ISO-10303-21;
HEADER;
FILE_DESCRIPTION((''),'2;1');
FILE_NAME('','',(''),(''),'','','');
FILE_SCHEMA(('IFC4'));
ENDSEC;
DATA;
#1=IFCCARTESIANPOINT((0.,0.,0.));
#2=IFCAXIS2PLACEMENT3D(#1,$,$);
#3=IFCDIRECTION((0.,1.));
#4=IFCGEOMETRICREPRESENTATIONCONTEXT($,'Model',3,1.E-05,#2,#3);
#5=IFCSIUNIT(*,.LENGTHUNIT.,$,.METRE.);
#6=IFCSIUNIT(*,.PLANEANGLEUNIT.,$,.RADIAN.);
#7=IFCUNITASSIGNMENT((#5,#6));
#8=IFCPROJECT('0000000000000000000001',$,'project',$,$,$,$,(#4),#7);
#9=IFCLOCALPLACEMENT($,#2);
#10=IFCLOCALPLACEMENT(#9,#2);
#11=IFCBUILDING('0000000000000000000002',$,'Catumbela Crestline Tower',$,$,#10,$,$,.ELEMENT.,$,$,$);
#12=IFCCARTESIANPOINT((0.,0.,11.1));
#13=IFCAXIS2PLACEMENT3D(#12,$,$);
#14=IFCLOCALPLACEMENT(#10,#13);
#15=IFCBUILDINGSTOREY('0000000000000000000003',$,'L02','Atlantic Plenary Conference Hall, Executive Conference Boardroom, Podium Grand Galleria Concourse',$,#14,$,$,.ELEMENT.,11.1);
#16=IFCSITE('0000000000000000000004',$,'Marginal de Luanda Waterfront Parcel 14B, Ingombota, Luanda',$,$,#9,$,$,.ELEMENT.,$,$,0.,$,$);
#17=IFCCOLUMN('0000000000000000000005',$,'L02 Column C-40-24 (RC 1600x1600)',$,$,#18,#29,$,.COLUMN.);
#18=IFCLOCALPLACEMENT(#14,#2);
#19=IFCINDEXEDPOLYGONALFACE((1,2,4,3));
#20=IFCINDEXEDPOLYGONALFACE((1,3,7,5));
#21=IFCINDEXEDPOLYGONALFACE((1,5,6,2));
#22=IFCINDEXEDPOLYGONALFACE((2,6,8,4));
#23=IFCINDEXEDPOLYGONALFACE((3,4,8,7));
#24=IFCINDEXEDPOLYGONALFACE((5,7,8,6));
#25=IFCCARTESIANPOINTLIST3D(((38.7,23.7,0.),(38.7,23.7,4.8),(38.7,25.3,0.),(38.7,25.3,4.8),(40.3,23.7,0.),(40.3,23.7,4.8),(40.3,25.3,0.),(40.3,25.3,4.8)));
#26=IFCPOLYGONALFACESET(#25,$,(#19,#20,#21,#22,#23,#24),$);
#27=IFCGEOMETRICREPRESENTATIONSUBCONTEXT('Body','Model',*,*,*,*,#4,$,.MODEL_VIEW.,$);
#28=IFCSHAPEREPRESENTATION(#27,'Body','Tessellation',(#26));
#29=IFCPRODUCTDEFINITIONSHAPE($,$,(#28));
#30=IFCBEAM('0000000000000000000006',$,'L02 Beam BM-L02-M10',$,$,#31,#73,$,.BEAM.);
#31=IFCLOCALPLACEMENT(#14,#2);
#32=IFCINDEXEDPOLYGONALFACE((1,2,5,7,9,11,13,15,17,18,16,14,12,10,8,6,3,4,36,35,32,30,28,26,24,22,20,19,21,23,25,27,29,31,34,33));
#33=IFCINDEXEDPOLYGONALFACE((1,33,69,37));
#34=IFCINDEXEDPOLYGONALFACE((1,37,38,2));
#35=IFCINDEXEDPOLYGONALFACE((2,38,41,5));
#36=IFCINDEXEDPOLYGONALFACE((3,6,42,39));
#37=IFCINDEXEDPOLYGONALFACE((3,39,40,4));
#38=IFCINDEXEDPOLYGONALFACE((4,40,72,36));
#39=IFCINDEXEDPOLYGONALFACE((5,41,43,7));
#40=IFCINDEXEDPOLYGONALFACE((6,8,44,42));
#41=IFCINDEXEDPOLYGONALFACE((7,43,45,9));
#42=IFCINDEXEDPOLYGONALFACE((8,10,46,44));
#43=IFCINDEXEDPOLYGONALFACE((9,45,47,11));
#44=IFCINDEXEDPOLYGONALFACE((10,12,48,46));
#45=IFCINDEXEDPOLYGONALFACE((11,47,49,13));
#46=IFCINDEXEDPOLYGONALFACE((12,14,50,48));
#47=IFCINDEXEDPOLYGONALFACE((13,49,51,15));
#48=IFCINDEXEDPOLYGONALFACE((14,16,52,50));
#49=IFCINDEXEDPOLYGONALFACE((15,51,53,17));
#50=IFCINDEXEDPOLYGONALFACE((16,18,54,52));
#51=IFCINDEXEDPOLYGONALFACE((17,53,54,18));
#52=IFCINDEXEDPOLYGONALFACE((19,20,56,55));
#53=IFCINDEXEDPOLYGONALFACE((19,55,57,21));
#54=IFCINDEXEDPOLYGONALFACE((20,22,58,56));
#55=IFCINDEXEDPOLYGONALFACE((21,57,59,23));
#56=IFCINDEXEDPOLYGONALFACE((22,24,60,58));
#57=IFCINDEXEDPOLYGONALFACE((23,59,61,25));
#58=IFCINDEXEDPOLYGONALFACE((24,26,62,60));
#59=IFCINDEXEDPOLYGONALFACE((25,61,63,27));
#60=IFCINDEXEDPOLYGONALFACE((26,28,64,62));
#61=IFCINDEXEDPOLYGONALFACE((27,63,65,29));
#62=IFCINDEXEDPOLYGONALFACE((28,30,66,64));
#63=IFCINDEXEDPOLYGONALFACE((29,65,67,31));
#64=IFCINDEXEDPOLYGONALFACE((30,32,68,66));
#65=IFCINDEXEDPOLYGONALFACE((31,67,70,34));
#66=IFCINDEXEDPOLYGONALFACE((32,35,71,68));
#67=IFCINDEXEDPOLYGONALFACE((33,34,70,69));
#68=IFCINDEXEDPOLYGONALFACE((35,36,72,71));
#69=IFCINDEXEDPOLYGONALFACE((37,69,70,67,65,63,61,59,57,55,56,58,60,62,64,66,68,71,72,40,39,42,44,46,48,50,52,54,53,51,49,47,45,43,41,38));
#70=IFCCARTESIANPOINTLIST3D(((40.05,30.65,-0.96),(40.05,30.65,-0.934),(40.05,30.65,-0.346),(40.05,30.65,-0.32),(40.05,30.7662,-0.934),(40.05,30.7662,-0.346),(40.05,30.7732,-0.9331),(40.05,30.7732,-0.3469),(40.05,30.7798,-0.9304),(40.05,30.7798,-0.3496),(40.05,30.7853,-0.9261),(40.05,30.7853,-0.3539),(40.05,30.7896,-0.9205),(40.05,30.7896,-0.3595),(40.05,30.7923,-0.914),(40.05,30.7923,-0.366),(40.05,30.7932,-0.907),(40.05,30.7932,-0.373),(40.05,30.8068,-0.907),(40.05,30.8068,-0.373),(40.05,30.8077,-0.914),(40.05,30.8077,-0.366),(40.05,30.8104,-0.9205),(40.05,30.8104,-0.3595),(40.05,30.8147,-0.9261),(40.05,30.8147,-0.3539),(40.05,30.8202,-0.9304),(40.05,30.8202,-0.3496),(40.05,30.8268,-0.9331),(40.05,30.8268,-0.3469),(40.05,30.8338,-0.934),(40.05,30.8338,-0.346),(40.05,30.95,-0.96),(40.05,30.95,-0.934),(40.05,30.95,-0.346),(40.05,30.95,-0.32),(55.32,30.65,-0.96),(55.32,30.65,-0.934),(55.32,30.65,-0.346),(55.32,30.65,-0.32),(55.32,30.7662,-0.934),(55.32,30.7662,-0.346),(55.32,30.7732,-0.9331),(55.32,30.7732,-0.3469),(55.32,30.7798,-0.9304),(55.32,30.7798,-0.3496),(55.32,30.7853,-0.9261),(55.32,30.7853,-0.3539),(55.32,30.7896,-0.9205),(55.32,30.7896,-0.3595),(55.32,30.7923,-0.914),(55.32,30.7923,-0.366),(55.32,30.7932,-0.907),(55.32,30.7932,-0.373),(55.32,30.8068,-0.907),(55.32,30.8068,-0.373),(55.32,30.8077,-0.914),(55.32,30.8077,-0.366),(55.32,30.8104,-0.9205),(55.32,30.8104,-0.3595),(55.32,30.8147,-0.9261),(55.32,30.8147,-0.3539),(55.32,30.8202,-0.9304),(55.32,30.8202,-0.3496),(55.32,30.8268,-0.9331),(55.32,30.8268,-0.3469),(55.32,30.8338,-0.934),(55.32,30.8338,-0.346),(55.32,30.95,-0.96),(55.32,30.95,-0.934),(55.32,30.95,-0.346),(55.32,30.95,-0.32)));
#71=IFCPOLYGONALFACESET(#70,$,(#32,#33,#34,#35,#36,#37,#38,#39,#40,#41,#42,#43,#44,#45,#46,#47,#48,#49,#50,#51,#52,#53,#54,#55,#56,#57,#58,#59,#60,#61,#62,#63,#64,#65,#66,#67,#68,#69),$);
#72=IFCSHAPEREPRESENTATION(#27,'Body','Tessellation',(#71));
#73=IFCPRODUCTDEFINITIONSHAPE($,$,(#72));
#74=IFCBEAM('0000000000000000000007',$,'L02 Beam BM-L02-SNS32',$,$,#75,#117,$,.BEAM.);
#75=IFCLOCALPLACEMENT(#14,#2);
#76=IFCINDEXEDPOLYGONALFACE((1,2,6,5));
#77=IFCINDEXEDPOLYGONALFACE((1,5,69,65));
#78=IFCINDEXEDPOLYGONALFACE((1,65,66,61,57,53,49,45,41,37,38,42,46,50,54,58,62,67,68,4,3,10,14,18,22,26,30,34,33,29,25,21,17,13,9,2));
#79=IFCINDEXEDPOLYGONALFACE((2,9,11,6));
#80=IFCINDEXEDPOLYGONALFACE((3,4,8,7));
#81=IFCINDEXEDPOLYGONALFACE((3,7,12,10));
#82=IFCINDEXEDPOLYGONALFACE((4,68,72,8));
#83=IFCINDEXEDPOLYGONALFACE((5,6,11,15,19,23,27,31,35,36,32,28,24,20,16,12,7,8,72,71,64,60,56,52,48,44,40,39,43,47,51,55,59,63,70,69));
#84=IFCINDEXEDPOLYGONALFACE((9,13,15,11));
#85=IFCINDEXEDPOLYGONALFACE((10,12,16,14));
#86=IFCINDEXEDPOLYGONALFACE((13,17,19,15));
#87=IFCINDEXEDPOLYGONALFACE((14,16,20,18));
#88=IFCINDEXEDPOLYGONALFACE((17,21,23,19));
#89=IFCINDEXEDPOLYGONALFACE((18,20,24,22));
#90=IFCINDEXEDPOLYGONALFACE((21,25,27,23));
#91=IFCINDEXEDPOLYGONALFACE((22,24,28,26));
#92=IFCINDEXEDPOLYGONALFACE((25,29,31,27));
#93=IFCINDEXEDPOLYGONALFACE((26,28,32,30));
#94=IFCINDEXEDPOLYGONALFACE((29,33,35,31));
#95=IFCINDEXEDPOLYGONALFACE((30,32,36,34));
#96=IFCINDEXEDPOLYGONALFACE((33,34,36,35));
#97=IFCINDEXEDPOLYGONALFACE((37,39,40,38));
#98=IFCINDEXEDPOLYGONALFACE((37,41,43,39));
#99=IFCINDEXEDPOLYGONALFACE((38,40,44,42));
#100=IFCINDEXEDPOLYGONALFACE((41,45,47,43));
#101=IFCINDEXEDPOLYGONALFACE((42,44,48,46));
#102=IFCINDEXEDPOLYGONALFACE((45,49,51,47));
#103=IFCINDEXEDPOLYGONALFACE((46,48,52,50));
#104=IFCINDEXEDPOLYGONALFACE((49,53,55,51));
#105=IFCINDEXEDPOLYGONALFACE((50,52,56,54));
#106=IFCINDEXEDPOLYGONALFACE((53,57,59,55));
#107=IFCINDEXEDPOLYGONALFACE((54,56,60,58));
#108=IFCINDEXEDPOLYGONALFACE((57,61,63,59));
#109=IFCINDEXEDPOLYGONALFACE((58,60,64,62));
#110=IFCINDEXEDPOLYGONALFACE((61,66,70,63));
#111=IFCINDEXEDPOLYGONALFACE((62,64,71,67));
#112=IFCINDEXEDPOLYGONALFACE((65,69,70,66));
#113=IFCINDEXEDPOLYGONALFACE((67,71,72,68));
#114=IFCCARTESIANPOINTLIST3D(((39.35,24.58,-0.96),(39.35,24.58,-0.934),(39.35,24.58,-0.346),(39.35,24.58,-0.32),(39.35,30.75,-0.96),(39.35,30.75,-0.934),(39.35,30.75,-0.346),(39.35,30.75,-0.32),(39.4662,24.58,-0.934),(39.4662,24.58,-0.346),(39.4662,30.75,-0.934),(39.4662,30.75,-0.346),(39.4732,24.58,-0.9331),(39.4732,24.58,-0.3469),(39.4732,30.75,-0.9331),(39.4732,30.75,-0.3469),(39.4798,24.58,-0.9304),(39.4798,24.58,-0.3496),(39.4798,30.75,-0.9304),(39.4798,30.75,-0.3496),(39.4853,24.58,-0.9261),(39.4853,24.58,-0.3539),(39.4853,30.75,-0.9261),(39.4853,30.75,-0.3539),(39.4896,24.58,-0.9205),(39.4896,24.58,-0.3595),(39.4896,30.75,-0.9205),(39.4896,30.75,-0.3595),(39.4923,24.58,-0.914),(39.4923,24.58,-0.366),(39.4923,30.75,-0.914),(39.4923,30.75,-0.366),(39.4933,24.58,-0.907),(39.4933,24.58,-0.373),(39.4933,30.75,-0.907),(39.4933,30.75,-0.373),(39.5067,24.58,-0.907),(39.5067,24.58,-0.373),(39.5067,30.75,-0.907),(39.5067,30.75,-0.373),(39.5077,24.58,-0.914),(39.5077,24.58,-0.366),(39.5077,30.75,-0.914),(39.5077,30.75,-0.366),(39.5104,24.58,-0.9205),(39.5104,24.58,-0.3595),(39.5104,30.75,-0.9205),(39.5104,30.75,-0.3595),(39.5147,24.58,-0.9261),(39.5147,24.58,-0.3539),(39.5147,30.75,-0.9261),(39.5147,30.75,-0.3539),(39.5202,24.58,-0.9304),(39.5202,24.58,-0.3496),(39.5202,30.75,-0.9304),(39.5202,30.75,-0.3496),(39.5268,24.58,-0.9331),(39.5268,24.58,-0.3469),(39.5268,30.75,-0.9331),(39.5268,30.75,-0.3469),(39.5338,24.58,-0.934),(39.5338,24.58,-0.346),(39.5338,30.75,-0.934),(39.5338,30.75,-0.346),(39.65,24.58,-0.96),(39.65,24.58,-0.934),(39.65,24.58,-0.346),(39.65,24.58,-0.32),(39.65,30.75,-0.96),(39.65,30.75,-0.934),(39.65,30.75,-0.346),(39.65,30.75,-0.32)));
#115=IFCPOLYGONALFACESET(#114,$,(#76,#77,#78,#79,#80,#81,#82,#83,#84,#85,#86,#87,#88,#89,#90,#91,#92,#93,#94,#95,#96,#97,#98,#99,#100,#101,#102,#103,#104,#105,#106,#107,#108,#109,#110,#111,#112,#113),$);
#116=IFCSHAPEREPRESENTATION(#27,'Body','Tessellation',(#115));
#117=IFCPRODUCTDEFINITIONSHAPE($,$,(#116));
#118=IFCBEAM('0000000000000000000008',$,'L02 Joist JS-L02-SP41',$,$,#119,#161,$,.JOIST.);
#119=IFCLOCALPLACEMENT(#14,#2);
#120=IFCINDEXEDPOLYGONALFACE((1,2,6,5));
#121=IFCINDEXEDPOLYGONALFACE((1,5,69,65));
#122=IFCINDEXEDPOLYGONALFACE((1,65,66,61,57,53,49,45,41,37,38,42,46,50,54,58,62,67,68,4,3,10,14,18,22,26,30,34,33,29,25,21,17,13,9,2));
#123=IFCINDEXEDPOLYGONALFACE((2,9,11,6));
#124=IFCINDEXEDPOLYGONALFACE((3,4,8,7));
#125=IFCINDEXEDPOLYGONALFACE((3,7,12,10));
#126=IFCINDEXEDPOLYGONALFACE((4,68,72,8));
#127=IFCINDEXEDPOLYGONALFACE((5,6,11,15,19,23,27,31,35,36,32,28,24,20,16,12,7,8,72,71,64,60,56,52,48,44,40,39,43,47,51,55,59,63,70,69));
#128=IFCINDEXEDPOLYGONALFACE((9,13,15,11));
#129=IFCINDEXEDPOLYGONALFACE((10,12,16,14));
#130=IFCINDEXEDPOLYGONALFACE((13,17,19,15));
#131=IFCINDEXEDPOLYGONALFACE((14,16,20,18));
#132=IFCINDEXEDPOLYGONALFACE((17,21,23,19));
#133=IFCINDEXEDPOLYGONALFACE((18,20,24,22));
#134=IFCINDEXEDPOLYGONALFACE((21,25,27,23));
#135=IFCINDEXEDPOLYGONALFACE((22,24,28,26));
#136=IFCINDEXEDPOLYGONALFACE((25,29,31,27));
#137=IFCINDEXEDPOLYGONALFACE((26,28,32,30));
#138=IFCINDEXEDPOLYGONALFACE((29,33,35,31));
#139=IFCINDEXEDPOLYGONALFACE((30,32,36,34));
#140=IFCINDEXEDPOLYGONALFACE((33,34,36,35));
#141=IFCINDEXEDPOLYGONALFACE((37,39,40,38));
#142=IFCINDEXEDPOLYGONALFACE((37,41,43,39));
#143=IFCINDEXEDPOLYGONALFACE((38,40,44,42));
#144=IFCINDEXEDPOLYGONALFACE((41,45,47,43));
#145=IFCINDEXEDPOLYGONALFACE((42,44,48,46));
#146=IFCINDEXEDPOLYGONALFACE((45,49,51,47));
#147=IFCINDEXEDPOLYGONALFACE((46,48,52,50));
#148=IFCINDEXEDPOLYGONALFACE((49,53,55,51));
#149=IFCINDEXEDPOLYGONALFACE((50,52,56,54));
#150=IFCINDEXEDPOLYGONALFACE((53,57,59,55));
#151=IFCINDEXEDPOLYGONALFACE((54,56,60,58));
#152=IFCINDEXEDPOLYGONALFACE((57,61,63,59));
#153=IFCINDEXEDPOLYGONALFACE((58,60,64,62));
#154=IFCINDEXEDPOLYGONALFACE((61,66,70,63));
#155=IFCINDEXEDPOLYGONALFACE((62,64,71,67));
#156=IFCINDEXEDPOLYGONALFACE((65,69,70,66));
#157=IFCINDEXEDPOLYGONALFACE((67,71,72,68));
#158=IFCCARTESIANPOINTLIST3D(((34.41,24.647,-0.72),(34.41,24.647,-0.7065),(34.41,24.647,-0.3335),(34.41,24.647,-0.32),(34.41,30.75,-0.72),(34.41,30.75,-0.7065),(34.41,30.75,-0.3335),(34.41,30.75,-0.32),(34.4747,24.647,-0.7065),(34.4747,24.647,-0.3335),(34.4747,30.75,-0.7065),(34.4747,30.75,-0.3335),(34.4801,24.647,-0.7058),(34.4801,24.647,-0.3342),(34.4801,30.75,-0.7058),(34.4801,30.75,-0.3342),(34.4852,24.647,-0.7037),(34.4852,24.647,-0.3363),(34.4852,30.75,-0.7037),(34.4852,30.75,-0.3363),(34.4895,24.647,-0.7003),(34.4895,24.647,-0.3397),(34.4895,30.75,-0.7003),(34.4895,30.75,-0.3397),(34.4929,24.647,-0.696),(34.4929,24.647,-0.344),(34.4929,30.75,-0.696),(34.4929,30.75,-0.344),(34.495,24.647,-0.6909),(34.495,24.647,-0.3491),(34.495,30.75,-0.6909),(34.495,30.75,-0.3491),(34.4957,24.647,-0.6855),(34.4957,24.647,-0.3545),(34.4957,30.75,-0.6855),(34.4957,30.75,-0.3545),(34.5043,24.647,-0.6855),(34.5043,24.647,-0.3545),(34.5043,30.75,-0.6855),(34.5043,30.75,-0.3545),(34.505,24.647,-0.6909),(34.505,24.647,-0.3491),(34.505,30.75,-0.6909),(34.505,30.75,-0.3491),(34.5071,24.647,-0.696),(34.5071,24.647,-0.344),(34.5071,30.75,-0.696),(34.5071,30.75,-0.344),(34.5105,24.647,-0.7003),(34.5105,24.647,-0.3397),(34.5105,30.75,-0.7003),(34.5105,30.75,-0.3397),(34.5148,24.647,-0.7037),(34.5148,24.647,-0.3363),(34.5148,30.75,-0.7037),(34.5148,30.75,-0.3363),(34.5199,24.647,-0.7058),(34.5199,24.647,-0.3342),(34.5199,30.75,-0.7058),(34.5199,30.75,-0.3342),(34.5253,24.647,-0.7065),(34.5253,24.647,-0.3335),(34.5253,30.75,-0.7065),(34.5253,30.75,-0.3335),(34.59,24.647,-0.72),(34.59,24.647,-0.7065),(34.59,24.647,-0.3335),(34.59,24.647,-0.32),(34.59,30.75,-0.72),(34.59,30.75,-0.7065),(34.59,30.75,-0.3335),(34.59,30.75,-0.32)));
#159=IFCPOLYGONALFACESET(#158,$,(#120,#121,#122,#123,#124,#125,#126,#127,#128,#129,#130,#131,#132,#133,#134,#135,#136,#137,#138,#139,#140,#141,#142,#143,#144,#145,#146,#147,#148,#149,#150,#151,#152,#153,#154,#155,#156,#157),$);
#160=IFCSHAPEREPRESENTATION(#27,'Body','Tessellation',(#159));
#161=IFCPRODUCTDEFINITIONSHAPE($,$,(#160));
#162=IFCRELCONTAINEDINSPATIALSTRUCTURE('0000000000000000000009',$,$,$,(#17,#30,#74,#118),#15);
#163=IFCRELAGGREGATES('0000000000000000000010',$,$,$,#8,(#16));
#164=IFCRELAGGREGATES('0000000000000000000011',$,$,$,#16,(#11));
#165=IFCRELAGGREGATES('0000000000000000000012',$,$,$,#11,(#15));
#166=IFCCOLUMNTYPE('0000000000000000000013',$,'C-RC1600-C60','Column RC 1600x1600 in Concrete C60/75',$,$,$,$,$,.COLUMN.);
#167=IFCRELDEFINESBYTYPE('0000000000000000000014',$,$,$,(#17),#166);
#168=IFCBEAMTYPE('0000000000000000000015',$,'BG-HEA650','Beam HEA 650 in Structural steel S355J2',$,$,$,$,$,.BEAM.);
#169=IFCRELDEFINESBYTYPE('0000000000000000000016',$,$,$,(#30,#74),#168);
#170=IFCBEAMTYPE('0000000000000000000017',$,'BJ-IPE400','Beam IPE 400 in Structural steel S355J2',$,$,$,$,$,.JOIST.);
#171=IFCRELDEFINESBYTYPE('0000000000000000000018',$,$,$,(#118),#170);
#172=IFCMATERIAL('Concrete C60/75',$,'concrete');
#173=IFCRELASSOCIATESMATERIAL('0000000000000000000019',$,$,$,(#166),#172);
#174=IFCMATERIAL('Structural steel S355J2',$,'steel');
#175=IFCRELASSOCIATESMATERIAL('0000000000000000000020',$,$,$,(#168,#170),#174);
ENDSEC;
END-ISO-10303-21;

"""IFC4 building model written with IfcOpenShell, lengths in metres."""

from ifc_helpers import new_model, si_unit, direction, frame, origin, origin_2d, place, context, subcontext, project, spatial, rectangle, i_section, extrude, material, material_profile, profile_set, type_object, element, save


model = new_model("IFC4")

# Units and contexts
model_context = context("Model", 3, precision=1e-05, world=origin(), true_north=direction((0.0, 1.0)))
body_context = subcontext(model_context, "Body", "Model", "MODEL_VIEW")
ifc_project = project(units=[si_unit("LENGTHUNIT", "METRE"), si_unit("PLANEANGLEUNIT", "RADIAN")], contexts=[model_context])

# Site, building, storey
site_placement = place(None, origin())
site = spatial("IfcSite", under=ifc_project, at=site_placement, Name="Marginal de Luanda Waterfront Parcel 14B, Ingombota, Luanda", CompositionType="ELEMENT", RefElevation=0.0)
building_placement = place(site_placement, origin())
building = spatial("IfcBuilding", under=site, at=building_placement, Name="Catumbela Crestline Tower", CompositionType="ELEMENT")
storey_placement = place(building_placement, frame((0.0, 0.0, 11.1)))
storey = spatial("IfcBuildingStorey", under=building, at=storey_placement, Name="L02", Description="Atlantic Plenary Conference Hall, Executive Conference Boardroom, Podium Grand Galleria Concourse", CompositionType="ELEMENT", Elevation=11.1)

# Column
ifc_material_1 = material(Name="Concrete C60/75", Category="concrete")
ifc_material_profile_1 = material_profile(ifc_material_1, rectangle(XDim=1.6, YDim=1.6, at=origin_2d()), Name="RC 1600x1600")
ifc_profile_set_1 = profile_set([ifc_material_profile_1], Name="Concrete C60/75")
column_type = type_object("IfcColumnType", Name="C-RC1600-C60", Description="Column RC 1600x1600 in Concrete C60/75", PredefinedType="COLUMN", material=ifc_profile_set_1)
column_placement = place(storey_placement, frame((39.5, 24.5, 0.0), z_axis=(0.0, 0.0, 1.0), x_axis=(1.0, 0.0, 0.0)))
element("IfcColumn", 1, at=column_placement, inside=storey, type_object=column_type, Name="L02 Column C-40-24 (RC 1600x1600)", PredefinedType="COLUMN", context=body_context, shape_type="SweptSolid", body=[
    extrude(rectangle(XDim=1.6, YDim=1.6, at=origin_2d()), origin(), (0.0, 0.0, 1.0), 4.8),
])

# Beams
ifc_material_2 = material(Name="Structural steel S355J2", Category="steel")
ifc_material_profile_2 = material_profile(ifc_material_2, i_section(OverallWidth=0.3, OverallDepth=0.64, WebThickness=0.0135, FlangeThickness=0.026, FilletRadius=0.027, at=origin_2d()), Name="HEA 650")
ifc_profile_set_2 = profile_set([ifc_material_profile_2], Name="Structural steel S355J2")
beam_type_1 = type_object("IfcBeamType", Name="BG-HEA650", Description="Beam HEA 650 in Structural steel S355J2", PredefinedType="BEAM", material=ifc_profile_set_2)
beam_1_placement = place(storey_placement, frame((40.05, 30.8, -0.64), z_axis=(1.0, 0.0, 0.0), x_axis=(0.0, 1.0, 0.0)))
element("IfcBeam", 2, at=beam_1_placement, inside=storey, type_object=beam_type_1, Name="L02 Beam BM-L02-M10", PredefinedType="BEAM", context=body_context, shape_type="SweptSolid", body=[
    extrude(i_section(OverallWidth=0.3, OverallDepth=0.64, WebThickness=0.0135, FlangeThickness=0.026, FilletRadius=0.027, at=origin_2d()), origin(), (0.0, 0.0, 1.0), 15.27),
])
beam_2_placement = place(storey_placement, frame((39.5, 24.58, -0.64), z_axis=(0.0, 1.0, 0.0), x_axis=(-1.0, 0.0, 0.0)))
element("IfcBeam", 3, at=beam_2_placement, inside=storey, type_object=beam_type_1, Name="L02 Beam BM-L02-SNS32", PredefinedType="BEAM", context=body_context, shape_type="SweptSolid", body=[
    extrude(i_section(OverallWidth=0.3, OverallDepth=0.64, WebThickness=0.0135, FlangeThickness=0.026, FilletRadius=0.027, at=origin_2d()), origin(), (0.0, 0.0, 1.0), 6.17),
])
ifc_material_profile_3 = material_profile(ifc_material_2, i_section(OverallWidth=0.18, OverallDepth=0.4, WebThickness=0.0086, FlangeThickness=0.0135, FilletRadius=0.021, at=origin_2d()), Name="IPE 400")
ifc_profile_set_3 = profile_set([ifc_material_profile_3], Name="Structural steel S355J2")
beam_type_2 = type_object("IfcBeamType", Name="BJ-IPE400", Description="Beam IPE 400 in Structural steel S355J2", PredefinedType="JOIST", material=ifc_profile_set_3)
for number, where, z_axis, x_axis, name in (
    (4, (34.5, 24.647, -0.52), (0.0, 1.0, 0.0), (-1.0, 0.0, 0.0), "L02 Joist JS-L02-SP41"),
):
    element("IfcBeam", number, at=place(storey_placement, frame(where, z_axis=z_axis, x_axis=x_axis)), inside=storey, type_object=beam_type_2, Name=name, PredefinedType="JOIST", context=body_context, shape_type="SweptSolid", body=[
        extrude(i_section(OverallWidth=0.18, OverallDepth=0.4, WebThickness=0.0086, FlangeThickness=0.0135, FilletRadius=0.021, at=origin_2d()), origin(), (0.0, 0.0, 1.0), 6.103),
    ])

save(model, "model.ifc")
